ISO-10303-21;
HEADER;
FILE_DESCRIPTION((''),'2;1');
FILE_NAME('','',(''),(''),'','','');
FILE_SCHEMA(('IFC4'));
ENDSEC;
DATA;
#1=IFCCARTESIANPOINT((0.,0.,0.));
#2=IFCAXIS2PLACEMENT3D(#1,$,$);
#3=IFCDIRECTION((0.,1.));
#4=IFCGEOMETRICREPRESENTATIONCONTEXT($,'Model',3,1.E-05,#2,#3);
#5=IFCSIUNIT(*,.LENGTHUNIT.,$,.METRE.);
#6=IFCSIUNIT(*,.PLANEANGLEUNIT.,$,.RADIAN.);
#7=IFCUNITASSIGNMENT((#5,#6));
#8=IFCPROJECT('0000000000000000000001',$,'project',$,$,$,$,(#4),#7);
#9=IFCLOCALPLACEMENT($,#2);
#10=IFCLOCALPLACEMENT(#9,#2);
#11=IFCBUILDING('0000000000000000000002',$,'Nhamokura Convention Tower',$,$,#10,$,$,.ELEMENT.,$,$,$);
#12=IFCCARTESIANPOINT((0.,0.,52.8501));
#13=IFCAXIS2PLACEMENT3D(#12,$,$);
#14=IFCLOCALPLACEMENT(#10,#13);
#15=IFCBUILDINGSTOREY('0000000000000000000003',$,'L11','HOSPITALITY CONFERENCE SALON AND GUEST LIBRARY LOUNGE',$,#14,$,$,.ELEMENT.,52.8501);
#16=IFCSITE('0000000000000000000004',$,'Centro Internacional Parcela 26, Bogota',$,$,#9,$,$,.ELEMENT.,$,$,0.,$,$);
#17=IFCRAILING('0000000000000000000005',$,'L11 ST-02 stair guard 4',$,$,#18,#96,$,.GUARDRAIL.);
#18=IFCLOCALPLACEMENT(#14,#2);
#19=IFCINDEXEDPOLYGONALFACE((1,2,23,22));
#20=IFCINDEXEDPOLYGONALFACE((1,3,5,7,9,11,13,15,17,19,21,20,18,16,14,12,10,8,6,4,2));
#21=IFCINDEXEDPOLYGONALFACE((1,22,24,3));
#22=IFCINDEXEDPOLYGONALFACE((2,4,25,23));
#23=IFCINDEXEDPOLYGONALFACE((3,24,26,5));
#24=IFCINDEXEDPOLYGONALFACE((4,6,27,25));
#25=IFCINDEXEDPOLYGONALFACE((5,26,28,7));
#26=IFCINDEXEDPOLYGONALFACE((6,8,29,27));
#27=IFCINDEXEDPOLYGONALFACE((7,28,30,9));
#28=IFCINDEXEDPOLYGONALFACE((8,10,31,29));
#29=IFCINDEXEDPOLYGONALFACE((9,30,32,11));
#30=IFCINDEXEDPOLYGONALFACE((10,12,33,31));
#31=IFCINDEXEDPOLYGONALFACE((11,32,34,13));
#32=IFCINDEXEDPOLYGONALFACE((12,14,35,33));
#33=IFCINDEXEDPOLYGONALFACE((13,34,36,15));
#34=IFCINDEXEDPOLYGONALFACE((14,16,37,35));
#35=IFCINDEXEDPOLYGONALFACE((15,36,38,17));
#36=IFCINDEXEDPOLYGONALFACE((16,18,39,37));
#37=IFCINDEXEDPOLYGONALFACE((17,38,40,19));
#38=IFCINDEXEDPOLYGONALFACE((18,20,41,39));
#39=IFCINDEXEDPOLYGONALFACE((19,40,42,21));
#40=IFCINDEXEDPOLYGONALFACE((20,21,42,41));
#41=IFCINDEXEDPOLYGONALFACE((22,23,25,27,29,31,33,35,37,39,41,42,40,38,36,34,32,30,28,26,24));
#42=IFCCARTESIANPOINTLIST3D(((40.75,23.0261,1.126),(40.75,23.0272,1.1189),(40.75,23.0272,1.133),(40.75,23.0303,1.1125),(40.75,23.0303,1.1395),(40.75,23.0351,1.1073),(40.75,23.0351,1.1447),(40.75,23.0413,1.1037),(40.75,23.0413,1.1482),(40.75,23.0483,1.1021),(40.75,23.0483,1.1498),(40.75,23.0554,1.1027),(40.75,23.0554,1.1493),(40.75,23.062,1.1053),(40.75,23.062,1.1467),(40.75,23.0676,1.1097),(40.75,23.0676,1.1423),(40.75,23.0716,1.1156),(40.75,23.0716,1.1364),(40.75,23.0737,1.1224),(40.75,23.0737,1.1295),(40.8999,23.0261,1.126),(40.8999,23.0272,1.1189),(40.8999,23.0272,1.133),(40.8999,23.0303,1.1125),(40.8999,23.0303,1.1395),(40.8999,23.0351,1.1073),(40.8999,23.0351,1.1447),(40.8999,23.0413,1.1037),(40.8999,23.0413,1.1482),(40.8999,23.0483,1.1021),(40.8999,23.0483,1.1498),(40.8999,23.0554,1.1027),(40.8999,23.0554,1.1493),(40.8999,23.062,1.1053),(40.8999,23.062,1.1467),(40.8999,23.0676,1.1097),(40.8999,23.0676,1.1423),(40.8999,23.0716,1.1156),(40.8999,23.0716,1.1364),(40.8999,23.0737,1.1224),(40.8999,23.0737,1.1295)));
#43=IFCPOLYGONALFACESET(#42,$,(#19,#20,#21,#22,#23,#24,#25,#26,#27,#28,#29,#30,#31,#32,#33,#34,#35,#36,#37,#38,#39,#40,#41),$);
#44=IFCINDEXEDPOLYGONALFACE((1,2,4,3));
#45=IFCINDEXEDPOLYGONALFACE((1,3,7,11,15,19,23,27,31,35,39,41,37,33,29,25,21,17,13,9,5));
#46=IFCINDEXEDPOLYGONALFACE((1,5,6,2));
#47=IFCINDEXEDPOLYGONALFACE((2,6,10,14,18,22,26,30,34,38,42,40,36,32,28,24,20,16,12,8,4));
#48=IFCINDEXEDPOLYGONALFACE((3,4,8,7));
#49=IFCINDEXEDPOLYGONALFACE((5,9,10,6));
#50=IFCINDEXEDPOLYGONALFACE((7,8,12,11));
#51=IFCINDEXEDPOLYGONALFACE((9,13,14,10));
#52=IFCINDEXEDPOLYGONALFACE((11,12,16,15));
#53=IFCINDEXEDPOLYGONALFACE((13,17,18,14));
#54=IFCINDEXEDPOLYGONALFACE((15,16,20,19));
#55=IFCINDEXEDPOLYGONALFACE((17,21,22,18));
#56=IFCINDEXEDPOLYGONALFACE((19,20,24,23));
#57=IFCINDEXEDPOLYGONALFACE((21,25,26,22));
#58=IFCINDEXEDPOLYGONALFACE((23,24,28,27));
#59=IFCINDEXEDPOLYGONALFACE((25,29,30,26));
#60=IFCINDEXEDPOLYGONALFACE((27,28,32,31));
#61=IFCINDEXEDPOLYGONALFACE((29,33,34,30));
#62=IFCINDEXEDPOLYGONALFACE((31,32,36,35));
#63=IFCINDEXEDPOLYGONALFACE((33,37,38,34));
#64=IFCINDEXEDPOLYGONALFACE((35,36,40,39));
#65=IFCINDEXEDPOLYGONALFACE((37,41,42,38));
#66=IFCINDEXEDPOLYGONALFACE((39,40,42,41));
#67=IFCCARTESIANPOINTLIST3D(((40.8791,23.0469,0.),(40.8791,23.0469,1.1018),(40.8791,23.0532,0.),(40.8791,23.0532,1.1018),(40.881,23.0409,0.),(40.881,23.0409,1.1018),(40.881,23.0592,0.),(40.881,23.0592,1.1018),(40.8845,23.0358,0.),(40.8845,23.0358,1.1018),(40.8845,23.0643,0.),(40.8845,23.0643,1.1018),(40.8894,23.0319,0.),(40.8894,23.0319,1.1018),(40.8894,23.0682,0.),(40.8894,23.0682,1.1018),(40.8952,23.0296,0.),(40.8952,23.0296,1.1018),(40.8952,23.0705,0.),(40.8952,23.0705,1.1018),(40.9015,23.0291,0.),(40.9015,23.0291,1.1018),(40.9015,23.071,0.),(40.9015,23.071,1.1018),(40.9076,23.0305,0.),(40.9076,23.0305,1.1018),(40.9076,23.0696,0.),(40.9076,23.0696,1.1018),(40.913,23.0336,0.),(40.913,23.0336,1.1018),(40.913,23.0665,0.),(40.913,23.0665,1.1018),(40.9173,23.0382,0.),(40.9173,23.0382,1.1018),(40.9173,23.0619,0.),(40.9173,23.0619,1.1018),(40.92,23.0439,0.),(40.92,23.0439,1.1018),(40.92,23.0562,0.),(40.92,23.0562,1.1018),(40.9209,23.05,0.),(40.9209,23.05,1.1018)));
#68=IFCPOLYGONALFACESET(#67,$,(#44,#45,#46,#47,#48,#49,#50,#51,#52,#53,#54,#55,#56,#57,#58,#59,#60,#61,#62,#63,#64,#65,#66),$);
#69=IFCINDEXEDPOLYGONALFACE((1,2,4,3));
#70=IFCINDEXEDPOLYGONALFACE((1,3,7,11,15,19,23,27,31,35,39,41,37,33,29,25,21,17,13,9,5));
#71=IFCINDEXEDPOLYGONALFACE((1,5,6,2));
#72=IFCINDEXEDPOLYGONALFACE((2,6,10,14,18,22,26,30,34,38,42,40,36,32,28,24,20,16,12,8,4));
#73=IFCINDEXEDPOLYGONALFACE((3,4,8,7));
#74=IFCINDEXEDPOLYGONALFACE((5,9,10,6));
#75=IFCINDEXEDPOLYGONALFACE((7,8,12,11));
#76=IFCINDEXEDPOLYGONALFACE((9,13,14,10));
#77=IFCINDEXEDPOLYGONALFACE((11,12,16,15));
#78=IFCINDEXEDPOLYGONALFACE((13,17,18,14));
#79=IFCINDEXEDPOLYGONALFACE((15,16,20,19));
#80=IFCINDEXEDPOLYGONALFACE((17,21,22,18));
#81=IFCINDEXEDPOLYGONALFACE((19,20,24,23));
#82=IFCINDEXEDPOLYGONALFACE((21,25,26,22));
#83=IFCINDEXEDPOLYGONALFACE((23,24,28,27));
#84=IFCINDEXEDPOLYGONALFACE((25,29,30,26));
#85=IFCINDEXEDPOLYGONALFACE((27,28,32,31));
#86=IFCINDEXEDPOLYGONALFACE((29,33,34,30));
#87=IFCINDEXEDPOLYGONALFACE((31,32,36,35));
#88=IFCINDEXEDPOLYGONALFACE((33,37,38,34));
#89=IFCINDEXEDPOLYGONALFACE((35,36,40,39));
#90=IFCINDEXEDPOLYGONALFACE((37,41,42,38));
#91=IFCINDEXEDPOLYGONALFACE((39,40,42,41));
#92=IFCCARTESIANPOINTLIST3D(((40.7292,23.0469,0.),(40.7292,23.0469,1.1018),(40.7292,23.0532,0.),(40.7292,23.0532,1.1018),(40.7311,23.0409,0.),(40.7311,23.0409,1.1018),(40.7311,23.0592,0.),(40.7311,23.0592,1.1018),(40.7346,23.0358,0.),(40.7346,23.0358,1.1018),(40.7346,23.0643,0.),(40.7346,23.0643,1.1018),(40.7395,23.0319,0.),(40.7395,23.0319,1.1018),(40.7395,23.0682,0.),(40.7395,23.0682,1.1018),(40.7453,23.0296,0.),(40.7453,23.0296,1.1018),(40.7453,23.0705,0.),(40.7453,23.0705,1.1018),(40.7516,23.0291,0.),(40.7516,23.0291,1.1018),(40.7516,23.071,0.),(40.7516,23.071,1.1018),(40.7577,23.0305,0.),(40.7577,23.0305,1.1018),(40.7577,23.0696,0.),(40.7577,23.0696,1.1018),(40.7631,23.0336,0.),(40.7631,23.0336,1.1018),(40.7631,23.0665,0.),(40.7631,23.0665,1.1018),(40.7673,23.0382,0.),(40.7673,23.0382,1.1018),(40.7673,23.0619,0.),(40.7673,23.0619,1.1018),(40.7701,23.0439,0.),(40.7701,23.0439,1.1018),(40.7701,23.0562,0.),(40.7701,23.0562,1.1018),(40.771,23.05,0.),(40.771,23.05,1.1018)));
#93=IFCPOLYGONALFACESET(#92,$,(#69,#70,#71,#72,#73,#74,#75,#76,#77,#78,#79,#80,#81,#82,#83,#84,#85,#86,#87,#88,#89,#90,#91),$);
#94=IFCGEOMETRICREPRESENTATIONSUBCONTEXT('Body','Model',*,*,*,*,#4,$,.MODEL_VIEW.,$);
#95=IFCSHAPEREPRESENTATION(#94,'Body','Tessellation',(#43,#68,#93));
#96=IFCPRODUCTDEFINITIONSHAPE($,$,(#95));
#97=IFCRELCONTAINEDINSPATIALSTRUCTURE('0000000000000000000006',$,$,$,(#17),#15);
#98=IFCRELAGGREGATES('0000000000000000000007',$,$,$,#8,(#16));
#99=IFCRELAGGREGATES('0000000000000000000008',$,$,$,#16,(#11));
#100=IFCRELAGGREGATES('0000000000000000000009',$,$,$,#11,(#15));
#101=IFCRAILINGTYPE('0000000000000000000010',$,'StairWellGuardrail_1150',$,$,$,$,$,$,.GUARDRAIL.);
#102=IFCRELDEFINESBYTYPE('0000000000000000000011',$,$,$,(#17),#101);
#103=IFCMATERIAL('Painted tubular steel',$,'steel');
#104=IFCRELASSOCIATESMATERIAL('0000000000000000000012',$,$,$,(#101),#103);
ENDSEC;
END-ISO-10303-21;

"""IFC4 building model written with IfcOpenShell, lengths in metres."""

from ifc_helpers import new_model, si_unit, direction, frame, origin, origin_2d, place, context, subcontext, project, spatial, circle, extrude, material, type_object, element, save


model = new_model("IFC4")

# Units and contexts
model_context = context("Model", 3, precision=1e-05, world=origin(), true_north=direction((0.0, 1.0)))
body_context = subcontext(model_context, "Body", "Model", "MODEL_VIEW")
ifc_project = project(units=[si_unit("LENGTHUNIT", "METRE"), si_unit("PLANEANGLEUNIT", "RADIAN")], contexts=[model_context])

# Site, building, storey
site_placement = place(None, origin())
site = spatial("IfcSite", under=ifc_project, at=site_placement, Name="Centro Internacional Parcela 26, Bogota", CompositionType="ELEMENT", RefElevation=0.0)
building_placement = place(site_placement, origin())
building = spatial("IfcBuilding", under=site, at=building_placement, Name="Nhamokura Convention Tower", CompositionType="ELEMENT")
storey_placement = place(building_placement, frame((0.0, 0.0, 52.8501)))
storey = spatial("IfcBuildingStorey", under=building, at=storey_placement, Name="L11", Description="HOSPITALITY CONFERENCE SALON AND GUEST LIBRARY LOUNGE", CompositionType="ELEMENT", Elevation=52.8501)

# Railing
ifc_material_1 = material(Name="Painted tubular steel", Category="steel")
railing_type_1 = type_object("IfcRailingType", Name="StairWellGuardrail_1150", PredefinedType="GUARDRAIL", material=ifc_material_1)
railing_1_placement = place(storey_placement, frame((40.8999, 23.05, 0.0)))
element("IfcRailing", 1, at=railing_1_placement, inside=storey, type_object=railing_type_1, Name="L11 ST-02 stair guard 4", PredefinedType="GUARDRAIL", context=body_context, shape_type="SweptSolid", body=[
    extrude(circle(Radius=0.0239, at=origin_2d()), frame((0.0, 0.0, 1.126), z_axis=(-1.0, 0.0, 0.0), x_axis=(0.0, -1.0, 0.0)), (0.0, 0.0, 1.0), 0.1499),
    extrude(circle(Radius=0.021, at=origin_2d()), origin(), (0.0, 0.0, 1.0), 1.1018),
    extrude(circle(Radius=0.021, at=origin_2d()), frame((-0.1499, 0.0, 0.0)), (0.0, 0.0, 1.0), 1.1018),
])

save(model, "model.ifc")
